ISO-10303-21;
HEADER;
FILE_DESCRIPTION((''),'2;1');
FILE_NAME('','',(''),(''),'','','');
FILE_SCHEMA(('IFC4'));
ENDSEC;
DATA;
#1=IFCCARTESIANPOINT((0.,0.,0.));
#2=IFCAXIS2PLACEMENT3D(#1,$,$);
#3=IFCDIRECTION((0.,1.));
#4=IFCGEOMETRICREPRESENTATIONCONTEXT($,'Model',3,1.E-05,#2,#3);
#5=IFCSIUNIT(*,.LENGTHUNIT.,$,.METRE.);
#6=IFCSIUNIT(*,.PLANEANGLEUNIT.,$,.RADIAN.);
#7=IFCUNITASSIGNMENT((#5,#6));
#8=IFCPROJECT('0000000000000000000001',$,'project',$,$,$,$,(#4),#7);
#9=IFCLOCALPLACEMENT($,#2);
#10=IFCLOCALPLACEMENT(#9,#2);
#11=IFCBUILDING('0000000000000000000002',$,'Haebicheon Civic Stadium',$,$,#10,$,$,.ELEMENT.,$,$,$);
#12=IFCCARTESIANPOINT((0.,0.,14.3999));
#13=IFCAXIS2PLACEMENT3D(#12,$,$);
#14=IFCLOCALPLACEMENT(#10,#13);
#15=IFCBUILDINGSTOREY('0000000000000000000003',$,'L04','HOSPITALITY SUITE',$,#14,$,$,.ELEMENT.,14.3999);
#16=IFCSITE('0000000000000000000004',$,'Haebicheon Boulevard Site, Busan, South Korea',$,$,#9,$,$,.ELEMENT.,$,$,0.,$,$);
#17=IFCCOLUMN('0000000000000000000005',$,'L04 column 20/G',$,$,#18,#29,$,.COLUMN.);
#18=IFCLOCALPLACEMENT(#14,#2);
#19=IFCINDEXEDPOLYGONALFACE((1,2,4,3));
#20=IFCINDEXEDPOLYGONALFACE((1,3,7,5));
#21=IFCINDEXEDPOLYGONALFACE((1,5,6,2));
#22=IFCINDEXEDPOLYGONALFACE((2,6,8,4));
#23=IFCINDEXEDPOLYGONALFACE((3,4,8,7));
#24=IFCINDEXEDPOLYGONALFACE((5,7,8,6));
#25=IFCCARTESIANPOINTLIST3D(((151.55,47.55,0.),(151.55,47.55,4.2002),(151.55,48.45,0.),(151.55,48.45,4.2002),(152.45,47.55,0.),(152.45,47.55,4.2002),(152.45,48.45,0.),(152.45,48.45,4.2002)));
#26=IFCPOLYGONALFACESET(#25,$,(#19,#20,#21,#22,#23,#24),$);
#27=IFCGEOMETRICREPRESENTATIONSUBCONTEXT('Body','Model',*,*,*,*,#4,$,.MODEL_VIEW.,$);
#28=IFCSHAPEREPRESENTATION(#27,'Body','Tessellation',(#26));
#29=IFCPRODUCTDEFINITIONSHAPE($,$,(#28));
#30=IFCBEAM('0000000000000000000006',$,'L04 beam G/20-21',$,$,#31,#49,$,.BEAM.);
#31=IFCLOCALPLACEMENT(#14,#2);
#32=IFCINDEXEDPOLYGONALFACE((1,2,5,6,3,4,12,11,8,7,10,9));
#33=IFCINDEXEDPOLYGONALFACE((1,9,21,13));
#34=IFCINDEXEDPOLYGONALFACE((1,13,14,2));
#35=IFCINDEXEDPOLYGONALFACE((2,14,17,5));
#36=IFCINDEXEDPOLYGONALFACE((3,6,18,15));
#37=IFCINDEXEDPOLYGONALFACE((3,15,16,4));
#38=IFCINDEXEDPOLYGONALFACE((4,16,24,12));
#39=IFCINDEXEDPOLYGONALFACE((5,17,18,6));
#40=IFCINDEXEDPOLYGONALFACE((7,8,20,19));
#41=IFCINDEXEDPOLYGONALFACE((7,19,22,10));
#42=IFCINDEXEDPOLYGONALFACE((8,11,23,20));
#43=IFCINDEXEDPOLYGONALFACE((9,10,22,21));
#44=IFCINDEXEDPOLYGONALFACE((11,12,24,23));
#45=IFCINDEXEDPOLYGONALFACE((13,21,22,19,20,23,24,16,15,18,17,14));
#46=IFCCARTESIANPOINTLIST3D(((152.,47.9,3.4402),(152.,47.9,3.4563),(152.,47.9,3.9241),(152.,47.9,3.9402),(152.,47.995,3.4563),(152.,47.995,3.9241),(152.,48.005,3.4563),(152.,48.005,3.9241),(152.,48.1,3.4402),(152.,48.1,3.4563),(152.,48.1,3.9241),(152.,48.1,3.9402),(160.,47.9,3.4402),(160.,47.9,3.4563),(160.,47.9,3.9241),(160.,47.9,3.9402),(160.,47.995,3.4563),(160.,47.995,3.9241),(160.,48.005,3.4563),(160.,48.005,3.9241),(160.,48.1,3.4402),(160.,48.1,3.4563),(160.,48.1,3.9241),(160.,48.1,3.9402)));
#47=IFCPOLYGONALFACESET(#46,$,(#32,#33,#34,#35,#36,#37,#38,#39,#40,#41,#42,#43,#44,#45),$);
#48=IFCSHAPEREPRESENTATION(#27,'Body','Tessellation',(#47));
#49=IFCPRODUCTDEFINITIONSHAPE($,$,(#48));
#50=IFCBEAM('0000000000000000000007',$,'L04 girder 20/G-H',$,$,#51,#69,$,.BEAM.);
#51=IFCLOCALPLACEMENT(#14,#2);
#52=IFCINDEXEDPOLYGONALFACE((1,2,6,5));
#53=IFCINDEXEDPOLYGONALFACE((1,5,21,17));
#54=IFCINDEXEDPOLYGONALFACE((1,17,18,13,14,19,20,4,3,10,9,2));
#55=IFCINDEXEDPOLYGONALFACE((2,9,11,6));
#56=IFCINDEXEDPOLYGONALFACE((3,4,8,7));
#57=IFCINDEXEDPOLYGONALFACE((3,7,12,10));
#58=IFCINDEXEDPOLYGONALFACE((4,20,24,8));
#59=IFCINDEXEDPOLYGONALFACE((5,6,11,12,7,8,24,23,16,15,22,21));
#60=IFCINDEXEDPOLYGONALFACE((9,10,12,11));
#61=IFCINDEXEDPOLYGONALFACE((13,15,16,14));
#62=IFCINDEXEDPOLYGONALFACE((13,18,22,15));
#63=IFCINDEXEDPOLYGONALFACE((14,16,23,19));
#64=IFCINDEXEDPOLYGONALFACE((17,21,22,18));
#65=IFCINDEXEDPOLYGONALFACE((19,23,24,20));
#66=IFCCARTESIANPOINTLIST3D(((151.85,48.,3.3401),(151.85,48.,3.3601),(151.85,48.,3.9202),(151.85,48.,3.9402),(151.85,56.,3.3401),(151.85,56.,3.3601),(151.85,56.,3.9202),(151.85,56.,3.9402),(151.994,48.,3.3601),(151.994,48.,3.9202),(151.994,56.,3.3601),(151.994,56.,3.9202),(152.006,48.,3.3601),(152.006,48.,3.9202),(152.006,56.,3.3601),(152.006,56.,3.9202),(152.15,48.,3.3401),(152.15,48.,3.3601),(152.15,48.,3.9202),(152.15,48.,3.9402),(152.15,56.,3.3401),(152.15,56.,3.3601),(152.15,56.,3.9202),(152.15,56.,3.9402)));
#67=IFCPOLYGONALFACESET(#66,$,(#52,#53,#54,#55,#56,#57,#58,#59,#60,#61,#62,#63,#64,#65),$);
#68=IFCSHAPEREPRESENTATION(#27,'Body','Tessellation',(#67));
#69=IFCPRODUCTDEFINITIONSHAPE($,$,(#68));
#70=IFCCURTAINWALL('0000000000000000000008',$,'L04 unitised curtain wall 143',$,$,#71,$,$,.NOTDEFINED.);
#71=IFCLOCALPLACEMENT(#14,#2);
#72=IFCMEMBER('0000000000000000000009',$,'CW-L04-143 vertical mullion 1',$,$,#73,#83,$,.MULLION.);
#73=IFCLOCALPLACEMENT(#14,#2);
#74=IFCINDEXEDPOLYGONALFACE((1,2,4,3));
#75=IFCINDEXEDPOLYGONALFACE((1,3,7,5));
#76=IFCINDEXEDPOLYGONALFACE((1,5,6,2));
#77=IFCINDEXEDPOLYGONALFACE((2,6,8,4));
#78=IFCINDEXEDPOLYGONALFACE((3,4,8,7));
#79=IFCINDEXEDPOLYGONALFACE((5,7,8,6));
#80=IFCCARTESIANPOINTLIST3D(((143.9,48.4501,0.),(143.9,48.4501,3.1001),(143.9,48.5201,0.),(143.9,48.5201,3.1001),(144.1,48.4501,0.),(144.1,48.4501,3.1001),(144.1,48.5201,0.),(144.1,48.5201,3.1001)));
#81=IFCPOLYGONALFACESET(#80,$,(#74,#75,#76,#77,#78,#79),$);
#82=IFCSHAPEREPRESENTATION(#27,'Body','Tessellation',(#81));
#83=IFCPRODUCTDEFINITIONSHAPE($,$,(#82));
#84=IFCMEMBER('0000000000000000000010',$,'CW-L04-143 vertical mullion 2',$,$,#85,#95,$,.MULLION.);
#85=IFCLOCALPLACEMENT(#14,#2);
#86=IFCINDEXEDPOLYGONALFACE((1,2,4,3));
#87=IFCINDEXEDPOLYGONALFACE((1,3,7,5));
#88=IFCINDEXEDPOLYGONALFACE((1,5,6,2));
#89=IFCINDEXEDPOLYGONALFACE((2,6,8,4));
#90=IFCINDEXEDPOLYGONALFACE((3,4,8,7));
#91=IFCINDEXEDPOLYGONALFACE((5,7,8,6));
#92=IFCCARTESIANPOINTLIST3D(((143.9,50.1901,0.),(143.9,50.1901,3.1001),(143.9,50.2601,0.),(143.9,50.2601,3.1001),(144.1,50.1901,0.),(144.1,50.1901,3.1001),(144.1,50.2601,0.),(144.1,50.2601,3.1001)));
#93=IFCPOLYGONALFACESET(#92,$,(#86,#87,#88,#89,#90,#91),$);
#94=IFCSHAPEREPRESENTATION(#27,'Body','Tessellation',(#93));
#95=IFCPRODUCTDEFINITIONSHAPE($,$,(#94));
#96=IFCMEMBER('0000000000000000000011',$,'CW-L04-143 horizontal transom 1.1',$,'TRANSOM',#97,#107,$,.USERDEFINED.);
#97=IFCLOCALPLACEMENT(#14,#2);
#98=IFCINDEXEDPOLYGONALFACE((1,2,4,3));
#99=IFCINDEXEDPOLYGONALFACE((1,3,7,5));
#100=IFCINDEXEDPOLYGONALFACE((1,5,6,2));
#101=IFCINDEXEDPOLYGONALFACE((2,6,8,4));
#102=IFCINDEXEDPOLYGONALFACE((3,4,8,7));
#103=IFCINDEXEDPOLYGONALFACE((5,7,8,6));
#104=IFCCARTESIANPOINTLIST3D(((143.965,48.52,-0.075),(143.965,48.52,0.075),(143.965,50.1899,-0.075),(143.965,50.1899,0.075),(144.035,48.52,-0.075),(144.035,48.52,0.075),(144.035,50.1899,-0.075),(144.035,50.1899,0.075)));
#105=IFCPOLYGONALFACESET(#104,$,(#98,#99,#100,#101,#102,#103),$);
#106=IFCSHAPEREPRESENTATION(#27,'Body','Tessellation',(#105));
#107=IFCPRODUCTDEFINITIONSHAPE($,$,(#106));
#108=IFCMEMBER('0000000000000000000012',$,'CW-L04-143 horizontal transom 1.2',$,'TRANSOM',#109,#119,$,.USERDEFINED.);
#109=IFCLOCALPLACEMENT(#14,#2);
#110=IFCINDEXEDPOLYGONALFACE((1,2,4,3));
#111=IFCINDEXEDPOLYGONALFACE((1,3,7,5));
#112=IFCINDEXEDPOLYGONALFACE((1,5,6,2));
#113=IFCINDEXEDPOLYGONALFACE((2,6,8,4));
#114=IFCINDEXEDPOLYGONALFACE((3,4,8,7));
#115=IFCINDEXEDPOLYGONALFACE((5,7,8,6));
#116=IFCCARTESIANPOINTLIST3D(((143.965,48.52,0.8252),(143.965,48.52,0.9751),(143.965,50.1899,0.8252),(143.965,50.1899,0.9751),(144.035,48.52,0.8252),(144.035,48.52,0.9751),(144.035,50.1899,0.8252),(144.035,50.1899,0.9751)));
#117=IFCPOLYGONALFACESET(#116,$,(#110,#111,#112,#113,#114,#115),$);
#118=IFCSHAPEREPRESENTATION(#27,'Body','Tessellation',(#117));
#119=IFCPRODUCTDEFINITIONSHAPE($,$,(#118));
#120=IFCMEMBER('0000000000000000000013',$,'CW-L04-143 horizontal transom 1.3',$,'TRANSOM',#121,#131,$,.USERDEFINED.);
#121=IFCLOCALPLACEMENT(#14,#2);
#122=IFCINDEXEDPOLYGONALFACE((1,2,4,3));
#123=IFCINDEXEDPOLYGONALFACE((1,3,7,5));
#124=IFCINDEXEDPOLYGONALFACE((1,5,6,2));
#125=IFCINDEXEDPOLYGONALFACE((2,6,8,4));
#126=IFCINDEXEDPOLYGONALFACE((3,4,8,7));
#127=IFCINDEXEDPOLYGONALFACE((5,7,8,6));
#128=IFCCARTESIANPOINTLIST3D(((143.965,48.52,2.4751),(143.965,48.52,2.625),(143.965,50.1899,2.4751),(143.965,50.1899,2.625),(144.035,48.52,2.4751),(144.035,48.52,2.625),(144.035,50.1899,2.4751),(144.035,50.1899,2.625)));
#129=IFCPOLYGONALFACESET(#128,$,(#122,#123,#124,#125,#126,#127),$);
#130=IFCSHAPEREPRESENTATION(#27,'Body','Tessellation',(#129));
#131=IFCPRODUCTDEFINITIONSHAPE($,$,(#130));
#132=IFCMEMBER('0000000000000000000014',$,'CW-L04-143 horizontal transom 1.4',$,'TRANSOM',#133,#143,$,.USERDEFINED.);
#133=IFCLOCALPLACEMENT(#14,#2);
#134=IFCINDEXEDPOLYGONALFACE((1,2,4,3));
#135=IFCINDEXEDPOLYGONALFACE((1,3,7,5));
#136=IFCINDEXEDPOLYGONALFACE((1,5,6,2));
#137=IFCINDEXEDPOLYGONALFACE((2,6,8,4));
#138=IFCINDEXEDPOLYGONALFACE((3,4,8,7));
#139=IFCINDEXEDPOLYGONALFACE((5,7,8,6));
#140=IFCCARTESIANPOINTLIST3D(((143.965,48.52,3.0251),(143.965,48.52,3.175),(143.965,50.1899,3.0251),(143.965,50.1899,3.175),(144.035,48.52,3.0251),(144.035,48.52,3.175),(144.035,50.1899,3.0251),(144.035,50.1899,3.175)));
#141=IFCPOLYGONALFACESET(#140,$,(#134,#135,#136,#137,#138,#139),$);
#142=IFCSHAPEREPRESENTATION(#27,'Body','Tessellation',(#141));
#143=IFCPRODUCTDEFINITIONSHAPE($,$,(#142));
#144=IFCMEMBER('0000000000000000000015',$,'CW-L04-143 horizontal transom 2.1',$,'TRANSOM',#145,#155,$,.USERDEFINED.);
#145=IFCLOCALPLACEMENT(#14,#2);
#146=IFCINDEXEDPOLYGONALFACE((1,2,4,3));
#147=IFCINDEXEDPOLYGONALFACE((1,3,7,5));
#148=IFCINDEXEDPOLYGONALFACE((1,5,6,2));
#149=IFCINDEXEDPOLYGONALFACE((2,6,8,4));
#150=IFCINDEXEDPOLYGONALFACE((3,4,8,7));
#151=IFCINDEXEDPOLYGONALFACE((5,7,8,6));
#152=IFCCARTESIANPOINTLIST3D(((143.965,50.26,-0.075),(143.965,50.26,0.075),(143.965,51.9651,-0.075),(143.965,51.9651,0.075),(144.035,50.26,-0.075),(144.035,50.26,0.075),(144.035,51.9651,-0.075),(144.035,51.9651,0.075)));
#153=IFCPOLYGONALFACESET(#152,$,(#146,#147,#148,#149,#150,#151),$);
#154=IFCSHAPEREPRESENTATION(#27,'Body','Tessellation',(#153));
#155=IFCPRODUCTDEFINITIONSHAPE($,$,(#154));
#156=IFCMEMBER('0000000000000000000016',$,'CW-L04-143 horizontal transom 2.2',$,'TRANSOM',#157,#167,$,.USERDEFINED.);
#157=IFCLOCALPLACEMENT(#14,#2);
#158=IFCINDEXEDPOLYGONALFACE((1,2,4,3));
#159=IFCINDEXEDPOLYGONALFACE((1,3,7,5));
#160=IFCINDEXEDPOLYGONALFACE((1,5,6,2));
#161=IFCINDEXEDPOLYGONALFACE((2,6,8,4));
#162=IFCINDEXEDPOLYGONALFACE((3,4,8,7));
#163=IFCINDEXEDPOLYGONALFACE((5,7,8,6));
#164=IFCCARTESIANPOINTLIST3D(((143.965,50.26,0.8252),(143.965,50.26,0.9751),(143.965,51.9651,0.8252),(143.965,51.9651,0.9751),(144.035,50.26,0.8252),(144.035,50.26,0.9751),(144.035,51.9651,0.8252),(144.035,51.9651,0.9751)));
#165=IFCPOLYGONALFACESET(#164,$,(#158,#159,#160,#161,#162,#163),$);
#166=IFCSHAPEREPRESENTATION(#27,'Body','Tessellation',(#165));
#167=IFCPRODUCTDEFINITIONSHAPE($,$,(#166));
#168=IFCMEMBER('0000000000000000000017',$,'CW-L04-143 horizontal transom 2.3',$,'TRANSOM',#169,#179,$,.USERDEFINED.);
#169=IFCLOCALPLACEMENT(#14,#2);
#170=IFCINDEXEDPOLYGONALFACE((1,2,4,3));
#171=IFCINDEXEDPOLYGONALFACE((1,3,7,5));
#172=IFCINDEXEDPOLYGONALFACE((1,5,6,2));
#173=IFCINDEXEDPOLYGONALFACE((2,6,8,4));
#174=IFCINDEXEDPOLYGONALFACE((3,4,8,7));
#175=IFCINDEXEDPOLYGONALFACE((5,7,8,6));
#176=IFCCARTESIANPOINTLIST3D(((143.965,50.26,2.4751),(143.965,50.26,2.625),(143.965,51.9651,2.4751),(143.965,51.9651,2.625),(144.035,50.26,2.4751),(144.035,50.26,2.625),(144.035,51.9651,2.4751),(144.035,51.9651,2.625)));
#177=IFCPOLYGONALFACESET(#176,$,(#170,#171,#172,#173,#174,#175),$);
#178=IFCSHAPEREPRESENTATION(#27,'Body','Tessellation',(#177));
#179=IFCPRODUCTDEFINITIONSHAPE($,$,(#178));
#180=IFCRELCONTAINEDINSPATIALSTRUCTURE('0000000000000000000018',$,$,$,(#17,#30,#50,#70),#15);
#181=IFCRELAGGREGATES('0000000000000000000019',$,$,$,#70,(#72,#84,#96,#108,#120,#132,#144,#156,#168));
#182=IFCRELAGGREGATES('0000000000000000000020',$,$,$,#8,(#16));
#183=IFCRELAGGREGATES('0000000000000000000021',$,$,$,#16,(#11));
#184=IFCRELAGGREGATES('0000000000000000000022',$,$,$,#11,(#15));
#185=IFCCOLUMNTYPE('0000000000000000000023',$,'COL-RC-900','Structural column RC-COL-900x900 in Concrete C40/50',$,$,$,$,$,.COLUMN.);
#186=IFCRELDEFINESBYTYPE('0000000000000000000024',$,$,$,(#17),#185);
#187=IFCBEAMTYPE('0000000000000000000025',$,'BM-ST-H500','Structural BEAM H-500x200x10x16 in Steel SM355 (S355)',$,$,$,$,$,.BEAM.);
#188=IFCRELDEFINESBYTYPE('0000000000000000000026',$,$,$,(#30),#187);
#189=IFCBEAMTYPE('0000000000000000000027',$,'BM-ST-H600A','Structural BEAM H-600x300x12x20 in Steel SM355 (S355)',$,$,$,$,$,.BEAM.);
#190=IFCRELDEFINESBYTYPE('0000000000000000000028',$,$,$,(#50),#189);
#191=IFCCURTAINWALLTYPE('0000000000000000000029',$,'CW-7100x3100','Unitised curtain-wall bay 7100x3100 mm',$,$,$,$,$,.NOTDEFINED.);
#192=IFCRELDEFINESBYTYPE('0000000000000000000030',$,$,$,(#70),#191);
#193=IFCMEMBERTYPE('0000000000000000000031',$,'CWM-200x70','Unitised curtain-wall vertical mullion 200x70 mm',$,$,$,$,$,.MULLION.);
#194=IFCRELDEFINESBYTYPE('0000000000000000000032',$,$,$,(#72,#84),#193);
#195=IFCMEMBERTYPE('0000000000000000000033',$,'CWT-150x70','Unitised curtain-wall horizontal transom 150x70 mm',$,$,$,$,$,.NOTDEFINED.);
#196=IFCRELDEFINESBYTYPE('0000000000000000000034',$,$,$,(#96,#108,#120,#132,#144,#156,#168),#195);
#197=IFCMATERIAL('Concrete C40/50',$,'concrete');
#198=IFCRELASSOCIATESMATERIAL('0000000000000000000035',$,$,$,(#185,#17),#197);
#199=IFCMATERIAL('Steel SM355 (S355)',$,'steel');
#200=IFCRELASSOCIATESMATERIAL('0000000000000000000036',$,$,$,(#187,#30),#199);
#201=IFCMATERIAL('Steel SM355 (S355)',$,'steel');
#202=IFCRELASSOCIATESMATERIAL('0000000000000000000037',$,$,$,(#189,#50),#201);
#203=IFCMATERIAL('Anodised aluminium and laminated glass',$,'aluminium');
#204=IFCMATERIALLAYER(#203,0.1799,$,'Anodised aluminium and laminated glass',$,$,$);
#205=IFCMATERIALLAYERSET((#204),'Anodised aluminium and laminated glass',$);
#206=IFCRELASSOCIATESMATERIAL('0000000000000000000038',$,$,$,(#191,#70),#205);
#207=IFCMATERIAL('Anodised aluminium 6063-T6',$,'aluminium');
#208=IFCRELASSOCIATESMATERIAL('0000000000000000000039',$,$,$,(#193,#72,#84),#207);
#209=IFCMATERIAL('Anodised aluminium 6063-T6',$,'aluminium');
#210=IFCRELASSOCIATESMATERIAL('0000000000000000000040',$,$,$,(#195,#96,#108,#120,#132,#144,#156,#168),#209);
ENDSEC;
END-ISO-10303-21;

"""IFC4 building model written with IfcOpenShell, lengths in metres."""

from ifc_helpers import new_model, si_unit, direction, frame, origin, origin_2d, place, context, subcontext, project, spatial, rectangle, i_section, extrude, material, layer, layer_set, material_profile, profile_set, type_object, element, aggregate, save


model = new_model("IFC4")

# Units and contexts
model_context = context("Model", 3, precision=1e-05, world=origin(), true_north=direction((0.0, 1.0)))
body_context = subcontext(model_context, "Body", "Model", "MODEL_VIEW")
ifc_project = project(units=[si_unit("LENGTHUNIT", "METRE"), si_unit("PLANEANGLEUNIT", "RADIAN")], contexts=[model_context])

# Site, building, storey
site_placement = place(None, origin())
site = spatial("IfcSite", under=ifc_project, at=site_placement, Name="Haebicheon Boulevard Site, Busan, South Korea", CompositionType="ELEMENT", RefElevation=0.0)
building_placement = place(site_placement, origin())
building = spatial("IfcBuilding", under=site, at=building_placement, Name="Haebicheon Civic Stadium", CompositionType="ELEMENT")
storey_placement = place(building_placement, frame((0.0, 0.0, 14.3999)))
storey = spatial("IfcBuildingStorey", under=building, at=storey_placement, Name="L04", Description="HOSPITALITY SUITE", CompositionType="ELEMENT", Elevation=14.3999)

# Column
ifc_material_1 = material(Name="Concrete C40/50", Category="concrete")
ifc_material_profile_1 = material_profile(ifc_material_1, rectangle(XDim=0.8999, YDim=0.8999, at=origin_2d()), Name="RC-COL-900x900")
ifc_profile_set_1 = profile_set([ifc_material_profile_1], Name="Concrete C40/50")
column_type = type_object("IfcColumnType", Name="COL-RC-900", Description="Structural column RC-COL-900x900 in Concrete C40/50", PredefinedType="COLUMN", material=ifc_profile_set_1)
column_placement = place(storey_placement, frame((152.0, 48.0, 0.0), z_axis=(0.0, 0.0, 1.0), x_axis=(1.0, 0.0, 0.0)))
element("IfcColumn", 1, at=column_placement, inside=storey, type_object=column_type, material=ifc_profile_set_1, Name="L04 column 20/G", PredefinedType="COLUMN", context=body_context, shape_type="SweptSolid", body=[
    extrude(rectangle(XDim=0.8999, YDim=0.8999, at=origin_2d()), origin(), (0.0, 0.0, 1.0), 4.2002),
])

# Beams
ifc_material_2 = material(Name="Steel SM355 (S355)", Category="steel")
ifc_material_profile_2 = material_profile(ifc_material_2, i_section(OverallWidth=0.2, OverallDepth=0.5, WebThickness=0.01, FlangeThickness=0.0161, at=origin_2d()), Name="H-500x200x10x16")
ifc_profile_set_2 = profile_set([ifc_material_profile_2], Name="Steel SM355 (S355)")
beam_type_1 = type_object("IfcBeamType", Name="BM-ST-H500", Description="Structural BEAM H-500x200x10x16 in Steel SM355 (S355)", PredefinedType="BEAM", material=ifc_profile_set_2)
beam_1_placement = place(storey_placement, frame((152.0, 48.0, 3.6902), z_axis=(1.0, 0.0, 0.0), x_axis=(0.0, 1.0, 0.0)))
element("IfcBeam", 2, at=beam_1_placement, inside=storey, type_object=beam_type_1, material=ifc_profile_set_2, Name="L04 beam G/20-21", PredefinedType="BEAM", context=body_context, shape_type="SweptSolid", body=[
    extrude(i_section(OverallWidth=0.2, OverallDepth=0.5, WebThickness=0.01, FlangeThickness=0.0161, at=origin_2d()), origin(), (0.0, 0.0, 1.0), 8.0),
])
ifc_material_3 = material(Name="Steel SM355 (S355)", Category="steel")
ifc_material_profile_3 = material_profile(ifc_material_3, i_section(OverallWidth=0.3, OverallDepth=0.6001, WebThickness=0.012, FlangeThickness=0.02, at=origin_2d()), Name="H-600x300x12x20")
ifc_profile_set_3 = profile_set([ifc_material_profile_3], Name="Steel SM355 (S355)")
beam_type_2 = type_object("IfcBeamType", Name="BM-ST-H600A", Description="Structural BEAM H-600x300x12x20 in Steel SM355 (S355)", PredefinedType="BEAM", material=ifc_profile_set_3)
beam_2_placement = place(storey_placement, frame((152.0, 48.0, 3.6401), z_axis=(0.0, 1.0, 0.0), x_axis=(-1.0, 0.0, 0.0)))
element("IfcBeam", 3, at=beam_2_placement, inside=storey, type_object=beam_type_2, material=ifc_profile_set_3, Name="L04 girder 20/G-H", PredefinedType="BEAM", context=body_context, shape_type="SweptSolid", body=[
    extrude(i_section(OverallWidth=0.3, OverallDepth=0.6001, WebThickness=0.012, FlangeThickness=0.02, at=origin_2d()), origin(), (0.0, 0.0, 1.0), 8.0),
])

# Curtain wall, members
ifc_material_4 = material(Name="Anodised aluminium and laminated glass", Category="aluminium")
ifc_layer_1 = layer(ifc_material_4, 0.1799, Name="Anodised aluminium and laminated glass")
ifc_layer_set_1 = layer_set([ifc_layer_1], Name="Anodised aluminium and laminated glass")
curtain_wall_type = type_object("IfcCurtainWallType", Name="CW-7100x3100", Description="Unitised curtain-wall bay 7100x3100 mm", PredefinedType="NOTDEFINED", material=ifc_layer_set_1)
curtain_wall_placement = place(storey_placement, origin())
curtain_wall = element("IfcCurtainWall", 4, at=curtain_wall_placement, inside=storey, type_object=curtain_wall_type, material=ifc_layer_set_1, Name="L04 unitised curtain wall 143", PredefinedType="NOTDEFINED")
ifc_material_5 = material(Name="Anodised aluminium 6063-T6", Category="aluminium")
ifc_material_profile_4 = material_profile(ifc_material_5, rectangle(XDim=0.0701, YDim=0.2, at=origin_2d()), Name="ALU-MULL-70x200")
ifc_profile_set_4 = profile_set([ifc_material_profile_4], Name="Anodised aluminium 6063-T6")
member_type_1 = type_object("IfcMemberType", Name="CWM-200x70", Description="Unitised curtain-wall vertical mullion 200x70 mm", PredefinedType="MULLION", material=ifc_profile_set_4)
member_1_placement = place(storey_placement, frame((144.0, 48.4851, 0.0), z_axis=(0.0, 0.0, 1.0), x_axis=(0.0, 1.0, 0.0)))
member_1 = element("IfcMember", 5, at=member_1_placement, type_object=member_type_1, material=ifc_profile_set_4, Name="CW-L04-143 vertical mullion 1", PredefinedType="MULLION", context=body_context, shape_type="SweptSolid", body=[
    extrude(rectangle(XDim=0.0701, YDim=0.2, at=origin_2d()), origin(), (0.0, 0.0, 1.0), 3.1001),
])
member_2_placement = place(storey_placement, frame((144.0, 50.2251, 0.0), z_axis=(0.0, 0.0, 1.0), x_axis=(0.0, 1.0, 0.0)))
member_2 = element("IfcMember", 6, at=member_2_placement, type_object=member_type_1, material=ifc_profile_set_4, Name="CW-L04-143 vertical mullion 2", PredefinedType="MULLION", context=body_context, shape_type="SweptSolid", body=[
    extrude(rectangle(XDim=0.0701, YDim=0.2, at=origin_2d()), origin(), (0.0, 0.0, 1.0), 3.1001),
])
ifc_material_6 = material(Name="Anodised aluminium 6063-T6", Category="aluminium")
ifc_material_profile_5 = material_profile(ifc_material_6, rectangle(XDim=0.0701, YDim=0.1499, at=origin_2d()), Name="ALU-TRAN-70x150")
ifc_profile_set_5 = profile_set([ifc_material_profile_5], Name="Anodised aluminium 6063-T6")
member_type_2 = type_object("IfcMemberType", Name="CWT-150x70", Description="Unitised curtain-wall horizontal transom 150x70 mm", PredefinedType="NOTDEFINED", material=ifc_profile_set_5)
member_3_placement = place(storey_placement, frame((144.0, 48.52, 0.0), z_axis=(0.0, 1.0, 0.0), x_axis=(-1.0, 0.0, 0.0)))
member_3 = element("IfcMember", 7, at=member_3_placement, type_object=member_type_2, material=ifc_profile_set_5, Name="CW-L04-143 horizontal transom 1.1", ObjectType="TRANSOM", PredefinedType="USERDEFINED", context=body_context, shape_type="SweptSolid", body=[
    extrude(rectangle(XDim=0.0701, YDim=0.1499, at=origin_2d()), origin(), (0.0, 0.0, 1.0), 1.6699),
])
member_4_placement = place(storey_placement, frame((144.0, 48.52, 0.9001), z_axis=(0.0, 1.0, 0.0), x_axis=(-1.0, 0.0, 0.0)))
member_4 = element("IfcMember", 8, at=member_4_placement, type_object=member_type_2, material=ifc_profile_set_5, Name="CW-L04-143 horizontal transom 1.2", ObjectType="TRANSOM", PredefinedType="USERDEFINED", context=body_context, shape_type="SweptSolid", body=[
    extrude(rectangle(XDim=0.0701, YDim=0.1499, at=origin_2d()), origin(), (0.0, 0.0, 1.0), 1.6699),
])
member_5_placement = place(storey_placement, frame((144.0, 48.52, 2.55), z_axis=(0.0, 1.0, 0.0), x_axis=(-1.0, 0.0, 0.0)))
member_5 = element("IfcMember", 9, at=member_5_placement, type_object=member_type_2, material=ifc_profile_set_5, Name="CW-L04-143 horizontal transom 1.3", ObjectType="TRANSOM", PredefinedType="USERDEFINED", context=body_context, shape_type="SweptSolid", body=[
    extrude(rectangle(XDim=0.0701, YDim=0.1499, at=origin_2d()), origin(), (0.0, 0.0, 1.0), 1.6699),
])
member_6_placement = place(storey_placement, frame((144.0, 48.52, 3.1001), z_axis=(0.0, 1.0, 0.0), x_axis=(-1.0, 0.0, 0.0)))
member_6 = element("IfcMember", 10, at=member_6_placement, type_object=member_type_2, material=ifc_profile_set_5, Name="CW-L04-143 horizontal transom 1.4", ObjectType="TRANSOM", PredefinedType="USERDEFINED", context=body_context, shape_type="SweptSolid", body=[
    extrude(rectangle(XDim=0.0701, YDim=0.1499, at=origin_2d()), origin(), (0.0, 0.0, 1.0), 1.6699),
])
member_7_placement = place(storey_placement, frame((144.0, 50.26, 0.0), z_axis=(0.0, 1.0, 0.0), x_axis=(-1.0, 0.0, 0.0)))
member_7 = element("IfcMember", 11, at=member_7_placement, type_object=member_type_2, material=ifc_profile_set_5, Name="CW-L04-143 horizontal transom 2.1", ObjectType="TRANSOM", PredefinedType="USERDEFINED", context=body_context, shape_type="SweptSolid", body=[
    extrude(rectangle(XDim=0.0701, YDim=0.1499, at=origin_2d()), origin(), (0.0, 0.0, 1.0), 1.7051),
])
member_8_placement = place(storey_placement, frame((144.0, 50.26, 0.9001), z_axis=(0.0, 1.0, 0.0), x_axis=(-1.0, 0.0, 0.0)))
member_8 = element("IfcMember", 12, at=member_8_placement, type_object=member_type_2, material=ifc_profile_set_5, Name="CW-L04-143 horizontal transom 2.2", ObjectType="TRANSOM", PredefinedType="USERDEFINED", context=body_context, shape_type="SweptSolid", body=[
    extrude(rectangle(XDim=0.0701, YDim=0.1499, at=origin_2d()), origin(), (0.0, 0.0, 1.0), 1.7051),
])
member_9_placement = place(storey_placement, frame((144.0, 50.26, 2.55), z_axis=(0.0, 1.0, 0.0), x_axis=(-1.0, 0.0, 0.0)))
member_9 = element("IfcMember", 13, at=member_9_placement, type_object=member_type_2, material=ifc_profile_set_5, Name="CW-L04-143 horizontal transom 2.3", ObjectType="TRANSOM", PredefinedType="USERDEFINED", context=body_context, shape_type="SweptSolid", body=[
    extrude(rectangle(XDim=0.0701, YDim=0.1499, at=origin_2d()), origin(), (0.0, 0.0, 1.0), 1.7051),
])

aggregate(curtain_wall, [member_1, member_2, member_3, member_4, member_5, member_6, member_7, member_8, member_9])

save(model, "model.ifc")
